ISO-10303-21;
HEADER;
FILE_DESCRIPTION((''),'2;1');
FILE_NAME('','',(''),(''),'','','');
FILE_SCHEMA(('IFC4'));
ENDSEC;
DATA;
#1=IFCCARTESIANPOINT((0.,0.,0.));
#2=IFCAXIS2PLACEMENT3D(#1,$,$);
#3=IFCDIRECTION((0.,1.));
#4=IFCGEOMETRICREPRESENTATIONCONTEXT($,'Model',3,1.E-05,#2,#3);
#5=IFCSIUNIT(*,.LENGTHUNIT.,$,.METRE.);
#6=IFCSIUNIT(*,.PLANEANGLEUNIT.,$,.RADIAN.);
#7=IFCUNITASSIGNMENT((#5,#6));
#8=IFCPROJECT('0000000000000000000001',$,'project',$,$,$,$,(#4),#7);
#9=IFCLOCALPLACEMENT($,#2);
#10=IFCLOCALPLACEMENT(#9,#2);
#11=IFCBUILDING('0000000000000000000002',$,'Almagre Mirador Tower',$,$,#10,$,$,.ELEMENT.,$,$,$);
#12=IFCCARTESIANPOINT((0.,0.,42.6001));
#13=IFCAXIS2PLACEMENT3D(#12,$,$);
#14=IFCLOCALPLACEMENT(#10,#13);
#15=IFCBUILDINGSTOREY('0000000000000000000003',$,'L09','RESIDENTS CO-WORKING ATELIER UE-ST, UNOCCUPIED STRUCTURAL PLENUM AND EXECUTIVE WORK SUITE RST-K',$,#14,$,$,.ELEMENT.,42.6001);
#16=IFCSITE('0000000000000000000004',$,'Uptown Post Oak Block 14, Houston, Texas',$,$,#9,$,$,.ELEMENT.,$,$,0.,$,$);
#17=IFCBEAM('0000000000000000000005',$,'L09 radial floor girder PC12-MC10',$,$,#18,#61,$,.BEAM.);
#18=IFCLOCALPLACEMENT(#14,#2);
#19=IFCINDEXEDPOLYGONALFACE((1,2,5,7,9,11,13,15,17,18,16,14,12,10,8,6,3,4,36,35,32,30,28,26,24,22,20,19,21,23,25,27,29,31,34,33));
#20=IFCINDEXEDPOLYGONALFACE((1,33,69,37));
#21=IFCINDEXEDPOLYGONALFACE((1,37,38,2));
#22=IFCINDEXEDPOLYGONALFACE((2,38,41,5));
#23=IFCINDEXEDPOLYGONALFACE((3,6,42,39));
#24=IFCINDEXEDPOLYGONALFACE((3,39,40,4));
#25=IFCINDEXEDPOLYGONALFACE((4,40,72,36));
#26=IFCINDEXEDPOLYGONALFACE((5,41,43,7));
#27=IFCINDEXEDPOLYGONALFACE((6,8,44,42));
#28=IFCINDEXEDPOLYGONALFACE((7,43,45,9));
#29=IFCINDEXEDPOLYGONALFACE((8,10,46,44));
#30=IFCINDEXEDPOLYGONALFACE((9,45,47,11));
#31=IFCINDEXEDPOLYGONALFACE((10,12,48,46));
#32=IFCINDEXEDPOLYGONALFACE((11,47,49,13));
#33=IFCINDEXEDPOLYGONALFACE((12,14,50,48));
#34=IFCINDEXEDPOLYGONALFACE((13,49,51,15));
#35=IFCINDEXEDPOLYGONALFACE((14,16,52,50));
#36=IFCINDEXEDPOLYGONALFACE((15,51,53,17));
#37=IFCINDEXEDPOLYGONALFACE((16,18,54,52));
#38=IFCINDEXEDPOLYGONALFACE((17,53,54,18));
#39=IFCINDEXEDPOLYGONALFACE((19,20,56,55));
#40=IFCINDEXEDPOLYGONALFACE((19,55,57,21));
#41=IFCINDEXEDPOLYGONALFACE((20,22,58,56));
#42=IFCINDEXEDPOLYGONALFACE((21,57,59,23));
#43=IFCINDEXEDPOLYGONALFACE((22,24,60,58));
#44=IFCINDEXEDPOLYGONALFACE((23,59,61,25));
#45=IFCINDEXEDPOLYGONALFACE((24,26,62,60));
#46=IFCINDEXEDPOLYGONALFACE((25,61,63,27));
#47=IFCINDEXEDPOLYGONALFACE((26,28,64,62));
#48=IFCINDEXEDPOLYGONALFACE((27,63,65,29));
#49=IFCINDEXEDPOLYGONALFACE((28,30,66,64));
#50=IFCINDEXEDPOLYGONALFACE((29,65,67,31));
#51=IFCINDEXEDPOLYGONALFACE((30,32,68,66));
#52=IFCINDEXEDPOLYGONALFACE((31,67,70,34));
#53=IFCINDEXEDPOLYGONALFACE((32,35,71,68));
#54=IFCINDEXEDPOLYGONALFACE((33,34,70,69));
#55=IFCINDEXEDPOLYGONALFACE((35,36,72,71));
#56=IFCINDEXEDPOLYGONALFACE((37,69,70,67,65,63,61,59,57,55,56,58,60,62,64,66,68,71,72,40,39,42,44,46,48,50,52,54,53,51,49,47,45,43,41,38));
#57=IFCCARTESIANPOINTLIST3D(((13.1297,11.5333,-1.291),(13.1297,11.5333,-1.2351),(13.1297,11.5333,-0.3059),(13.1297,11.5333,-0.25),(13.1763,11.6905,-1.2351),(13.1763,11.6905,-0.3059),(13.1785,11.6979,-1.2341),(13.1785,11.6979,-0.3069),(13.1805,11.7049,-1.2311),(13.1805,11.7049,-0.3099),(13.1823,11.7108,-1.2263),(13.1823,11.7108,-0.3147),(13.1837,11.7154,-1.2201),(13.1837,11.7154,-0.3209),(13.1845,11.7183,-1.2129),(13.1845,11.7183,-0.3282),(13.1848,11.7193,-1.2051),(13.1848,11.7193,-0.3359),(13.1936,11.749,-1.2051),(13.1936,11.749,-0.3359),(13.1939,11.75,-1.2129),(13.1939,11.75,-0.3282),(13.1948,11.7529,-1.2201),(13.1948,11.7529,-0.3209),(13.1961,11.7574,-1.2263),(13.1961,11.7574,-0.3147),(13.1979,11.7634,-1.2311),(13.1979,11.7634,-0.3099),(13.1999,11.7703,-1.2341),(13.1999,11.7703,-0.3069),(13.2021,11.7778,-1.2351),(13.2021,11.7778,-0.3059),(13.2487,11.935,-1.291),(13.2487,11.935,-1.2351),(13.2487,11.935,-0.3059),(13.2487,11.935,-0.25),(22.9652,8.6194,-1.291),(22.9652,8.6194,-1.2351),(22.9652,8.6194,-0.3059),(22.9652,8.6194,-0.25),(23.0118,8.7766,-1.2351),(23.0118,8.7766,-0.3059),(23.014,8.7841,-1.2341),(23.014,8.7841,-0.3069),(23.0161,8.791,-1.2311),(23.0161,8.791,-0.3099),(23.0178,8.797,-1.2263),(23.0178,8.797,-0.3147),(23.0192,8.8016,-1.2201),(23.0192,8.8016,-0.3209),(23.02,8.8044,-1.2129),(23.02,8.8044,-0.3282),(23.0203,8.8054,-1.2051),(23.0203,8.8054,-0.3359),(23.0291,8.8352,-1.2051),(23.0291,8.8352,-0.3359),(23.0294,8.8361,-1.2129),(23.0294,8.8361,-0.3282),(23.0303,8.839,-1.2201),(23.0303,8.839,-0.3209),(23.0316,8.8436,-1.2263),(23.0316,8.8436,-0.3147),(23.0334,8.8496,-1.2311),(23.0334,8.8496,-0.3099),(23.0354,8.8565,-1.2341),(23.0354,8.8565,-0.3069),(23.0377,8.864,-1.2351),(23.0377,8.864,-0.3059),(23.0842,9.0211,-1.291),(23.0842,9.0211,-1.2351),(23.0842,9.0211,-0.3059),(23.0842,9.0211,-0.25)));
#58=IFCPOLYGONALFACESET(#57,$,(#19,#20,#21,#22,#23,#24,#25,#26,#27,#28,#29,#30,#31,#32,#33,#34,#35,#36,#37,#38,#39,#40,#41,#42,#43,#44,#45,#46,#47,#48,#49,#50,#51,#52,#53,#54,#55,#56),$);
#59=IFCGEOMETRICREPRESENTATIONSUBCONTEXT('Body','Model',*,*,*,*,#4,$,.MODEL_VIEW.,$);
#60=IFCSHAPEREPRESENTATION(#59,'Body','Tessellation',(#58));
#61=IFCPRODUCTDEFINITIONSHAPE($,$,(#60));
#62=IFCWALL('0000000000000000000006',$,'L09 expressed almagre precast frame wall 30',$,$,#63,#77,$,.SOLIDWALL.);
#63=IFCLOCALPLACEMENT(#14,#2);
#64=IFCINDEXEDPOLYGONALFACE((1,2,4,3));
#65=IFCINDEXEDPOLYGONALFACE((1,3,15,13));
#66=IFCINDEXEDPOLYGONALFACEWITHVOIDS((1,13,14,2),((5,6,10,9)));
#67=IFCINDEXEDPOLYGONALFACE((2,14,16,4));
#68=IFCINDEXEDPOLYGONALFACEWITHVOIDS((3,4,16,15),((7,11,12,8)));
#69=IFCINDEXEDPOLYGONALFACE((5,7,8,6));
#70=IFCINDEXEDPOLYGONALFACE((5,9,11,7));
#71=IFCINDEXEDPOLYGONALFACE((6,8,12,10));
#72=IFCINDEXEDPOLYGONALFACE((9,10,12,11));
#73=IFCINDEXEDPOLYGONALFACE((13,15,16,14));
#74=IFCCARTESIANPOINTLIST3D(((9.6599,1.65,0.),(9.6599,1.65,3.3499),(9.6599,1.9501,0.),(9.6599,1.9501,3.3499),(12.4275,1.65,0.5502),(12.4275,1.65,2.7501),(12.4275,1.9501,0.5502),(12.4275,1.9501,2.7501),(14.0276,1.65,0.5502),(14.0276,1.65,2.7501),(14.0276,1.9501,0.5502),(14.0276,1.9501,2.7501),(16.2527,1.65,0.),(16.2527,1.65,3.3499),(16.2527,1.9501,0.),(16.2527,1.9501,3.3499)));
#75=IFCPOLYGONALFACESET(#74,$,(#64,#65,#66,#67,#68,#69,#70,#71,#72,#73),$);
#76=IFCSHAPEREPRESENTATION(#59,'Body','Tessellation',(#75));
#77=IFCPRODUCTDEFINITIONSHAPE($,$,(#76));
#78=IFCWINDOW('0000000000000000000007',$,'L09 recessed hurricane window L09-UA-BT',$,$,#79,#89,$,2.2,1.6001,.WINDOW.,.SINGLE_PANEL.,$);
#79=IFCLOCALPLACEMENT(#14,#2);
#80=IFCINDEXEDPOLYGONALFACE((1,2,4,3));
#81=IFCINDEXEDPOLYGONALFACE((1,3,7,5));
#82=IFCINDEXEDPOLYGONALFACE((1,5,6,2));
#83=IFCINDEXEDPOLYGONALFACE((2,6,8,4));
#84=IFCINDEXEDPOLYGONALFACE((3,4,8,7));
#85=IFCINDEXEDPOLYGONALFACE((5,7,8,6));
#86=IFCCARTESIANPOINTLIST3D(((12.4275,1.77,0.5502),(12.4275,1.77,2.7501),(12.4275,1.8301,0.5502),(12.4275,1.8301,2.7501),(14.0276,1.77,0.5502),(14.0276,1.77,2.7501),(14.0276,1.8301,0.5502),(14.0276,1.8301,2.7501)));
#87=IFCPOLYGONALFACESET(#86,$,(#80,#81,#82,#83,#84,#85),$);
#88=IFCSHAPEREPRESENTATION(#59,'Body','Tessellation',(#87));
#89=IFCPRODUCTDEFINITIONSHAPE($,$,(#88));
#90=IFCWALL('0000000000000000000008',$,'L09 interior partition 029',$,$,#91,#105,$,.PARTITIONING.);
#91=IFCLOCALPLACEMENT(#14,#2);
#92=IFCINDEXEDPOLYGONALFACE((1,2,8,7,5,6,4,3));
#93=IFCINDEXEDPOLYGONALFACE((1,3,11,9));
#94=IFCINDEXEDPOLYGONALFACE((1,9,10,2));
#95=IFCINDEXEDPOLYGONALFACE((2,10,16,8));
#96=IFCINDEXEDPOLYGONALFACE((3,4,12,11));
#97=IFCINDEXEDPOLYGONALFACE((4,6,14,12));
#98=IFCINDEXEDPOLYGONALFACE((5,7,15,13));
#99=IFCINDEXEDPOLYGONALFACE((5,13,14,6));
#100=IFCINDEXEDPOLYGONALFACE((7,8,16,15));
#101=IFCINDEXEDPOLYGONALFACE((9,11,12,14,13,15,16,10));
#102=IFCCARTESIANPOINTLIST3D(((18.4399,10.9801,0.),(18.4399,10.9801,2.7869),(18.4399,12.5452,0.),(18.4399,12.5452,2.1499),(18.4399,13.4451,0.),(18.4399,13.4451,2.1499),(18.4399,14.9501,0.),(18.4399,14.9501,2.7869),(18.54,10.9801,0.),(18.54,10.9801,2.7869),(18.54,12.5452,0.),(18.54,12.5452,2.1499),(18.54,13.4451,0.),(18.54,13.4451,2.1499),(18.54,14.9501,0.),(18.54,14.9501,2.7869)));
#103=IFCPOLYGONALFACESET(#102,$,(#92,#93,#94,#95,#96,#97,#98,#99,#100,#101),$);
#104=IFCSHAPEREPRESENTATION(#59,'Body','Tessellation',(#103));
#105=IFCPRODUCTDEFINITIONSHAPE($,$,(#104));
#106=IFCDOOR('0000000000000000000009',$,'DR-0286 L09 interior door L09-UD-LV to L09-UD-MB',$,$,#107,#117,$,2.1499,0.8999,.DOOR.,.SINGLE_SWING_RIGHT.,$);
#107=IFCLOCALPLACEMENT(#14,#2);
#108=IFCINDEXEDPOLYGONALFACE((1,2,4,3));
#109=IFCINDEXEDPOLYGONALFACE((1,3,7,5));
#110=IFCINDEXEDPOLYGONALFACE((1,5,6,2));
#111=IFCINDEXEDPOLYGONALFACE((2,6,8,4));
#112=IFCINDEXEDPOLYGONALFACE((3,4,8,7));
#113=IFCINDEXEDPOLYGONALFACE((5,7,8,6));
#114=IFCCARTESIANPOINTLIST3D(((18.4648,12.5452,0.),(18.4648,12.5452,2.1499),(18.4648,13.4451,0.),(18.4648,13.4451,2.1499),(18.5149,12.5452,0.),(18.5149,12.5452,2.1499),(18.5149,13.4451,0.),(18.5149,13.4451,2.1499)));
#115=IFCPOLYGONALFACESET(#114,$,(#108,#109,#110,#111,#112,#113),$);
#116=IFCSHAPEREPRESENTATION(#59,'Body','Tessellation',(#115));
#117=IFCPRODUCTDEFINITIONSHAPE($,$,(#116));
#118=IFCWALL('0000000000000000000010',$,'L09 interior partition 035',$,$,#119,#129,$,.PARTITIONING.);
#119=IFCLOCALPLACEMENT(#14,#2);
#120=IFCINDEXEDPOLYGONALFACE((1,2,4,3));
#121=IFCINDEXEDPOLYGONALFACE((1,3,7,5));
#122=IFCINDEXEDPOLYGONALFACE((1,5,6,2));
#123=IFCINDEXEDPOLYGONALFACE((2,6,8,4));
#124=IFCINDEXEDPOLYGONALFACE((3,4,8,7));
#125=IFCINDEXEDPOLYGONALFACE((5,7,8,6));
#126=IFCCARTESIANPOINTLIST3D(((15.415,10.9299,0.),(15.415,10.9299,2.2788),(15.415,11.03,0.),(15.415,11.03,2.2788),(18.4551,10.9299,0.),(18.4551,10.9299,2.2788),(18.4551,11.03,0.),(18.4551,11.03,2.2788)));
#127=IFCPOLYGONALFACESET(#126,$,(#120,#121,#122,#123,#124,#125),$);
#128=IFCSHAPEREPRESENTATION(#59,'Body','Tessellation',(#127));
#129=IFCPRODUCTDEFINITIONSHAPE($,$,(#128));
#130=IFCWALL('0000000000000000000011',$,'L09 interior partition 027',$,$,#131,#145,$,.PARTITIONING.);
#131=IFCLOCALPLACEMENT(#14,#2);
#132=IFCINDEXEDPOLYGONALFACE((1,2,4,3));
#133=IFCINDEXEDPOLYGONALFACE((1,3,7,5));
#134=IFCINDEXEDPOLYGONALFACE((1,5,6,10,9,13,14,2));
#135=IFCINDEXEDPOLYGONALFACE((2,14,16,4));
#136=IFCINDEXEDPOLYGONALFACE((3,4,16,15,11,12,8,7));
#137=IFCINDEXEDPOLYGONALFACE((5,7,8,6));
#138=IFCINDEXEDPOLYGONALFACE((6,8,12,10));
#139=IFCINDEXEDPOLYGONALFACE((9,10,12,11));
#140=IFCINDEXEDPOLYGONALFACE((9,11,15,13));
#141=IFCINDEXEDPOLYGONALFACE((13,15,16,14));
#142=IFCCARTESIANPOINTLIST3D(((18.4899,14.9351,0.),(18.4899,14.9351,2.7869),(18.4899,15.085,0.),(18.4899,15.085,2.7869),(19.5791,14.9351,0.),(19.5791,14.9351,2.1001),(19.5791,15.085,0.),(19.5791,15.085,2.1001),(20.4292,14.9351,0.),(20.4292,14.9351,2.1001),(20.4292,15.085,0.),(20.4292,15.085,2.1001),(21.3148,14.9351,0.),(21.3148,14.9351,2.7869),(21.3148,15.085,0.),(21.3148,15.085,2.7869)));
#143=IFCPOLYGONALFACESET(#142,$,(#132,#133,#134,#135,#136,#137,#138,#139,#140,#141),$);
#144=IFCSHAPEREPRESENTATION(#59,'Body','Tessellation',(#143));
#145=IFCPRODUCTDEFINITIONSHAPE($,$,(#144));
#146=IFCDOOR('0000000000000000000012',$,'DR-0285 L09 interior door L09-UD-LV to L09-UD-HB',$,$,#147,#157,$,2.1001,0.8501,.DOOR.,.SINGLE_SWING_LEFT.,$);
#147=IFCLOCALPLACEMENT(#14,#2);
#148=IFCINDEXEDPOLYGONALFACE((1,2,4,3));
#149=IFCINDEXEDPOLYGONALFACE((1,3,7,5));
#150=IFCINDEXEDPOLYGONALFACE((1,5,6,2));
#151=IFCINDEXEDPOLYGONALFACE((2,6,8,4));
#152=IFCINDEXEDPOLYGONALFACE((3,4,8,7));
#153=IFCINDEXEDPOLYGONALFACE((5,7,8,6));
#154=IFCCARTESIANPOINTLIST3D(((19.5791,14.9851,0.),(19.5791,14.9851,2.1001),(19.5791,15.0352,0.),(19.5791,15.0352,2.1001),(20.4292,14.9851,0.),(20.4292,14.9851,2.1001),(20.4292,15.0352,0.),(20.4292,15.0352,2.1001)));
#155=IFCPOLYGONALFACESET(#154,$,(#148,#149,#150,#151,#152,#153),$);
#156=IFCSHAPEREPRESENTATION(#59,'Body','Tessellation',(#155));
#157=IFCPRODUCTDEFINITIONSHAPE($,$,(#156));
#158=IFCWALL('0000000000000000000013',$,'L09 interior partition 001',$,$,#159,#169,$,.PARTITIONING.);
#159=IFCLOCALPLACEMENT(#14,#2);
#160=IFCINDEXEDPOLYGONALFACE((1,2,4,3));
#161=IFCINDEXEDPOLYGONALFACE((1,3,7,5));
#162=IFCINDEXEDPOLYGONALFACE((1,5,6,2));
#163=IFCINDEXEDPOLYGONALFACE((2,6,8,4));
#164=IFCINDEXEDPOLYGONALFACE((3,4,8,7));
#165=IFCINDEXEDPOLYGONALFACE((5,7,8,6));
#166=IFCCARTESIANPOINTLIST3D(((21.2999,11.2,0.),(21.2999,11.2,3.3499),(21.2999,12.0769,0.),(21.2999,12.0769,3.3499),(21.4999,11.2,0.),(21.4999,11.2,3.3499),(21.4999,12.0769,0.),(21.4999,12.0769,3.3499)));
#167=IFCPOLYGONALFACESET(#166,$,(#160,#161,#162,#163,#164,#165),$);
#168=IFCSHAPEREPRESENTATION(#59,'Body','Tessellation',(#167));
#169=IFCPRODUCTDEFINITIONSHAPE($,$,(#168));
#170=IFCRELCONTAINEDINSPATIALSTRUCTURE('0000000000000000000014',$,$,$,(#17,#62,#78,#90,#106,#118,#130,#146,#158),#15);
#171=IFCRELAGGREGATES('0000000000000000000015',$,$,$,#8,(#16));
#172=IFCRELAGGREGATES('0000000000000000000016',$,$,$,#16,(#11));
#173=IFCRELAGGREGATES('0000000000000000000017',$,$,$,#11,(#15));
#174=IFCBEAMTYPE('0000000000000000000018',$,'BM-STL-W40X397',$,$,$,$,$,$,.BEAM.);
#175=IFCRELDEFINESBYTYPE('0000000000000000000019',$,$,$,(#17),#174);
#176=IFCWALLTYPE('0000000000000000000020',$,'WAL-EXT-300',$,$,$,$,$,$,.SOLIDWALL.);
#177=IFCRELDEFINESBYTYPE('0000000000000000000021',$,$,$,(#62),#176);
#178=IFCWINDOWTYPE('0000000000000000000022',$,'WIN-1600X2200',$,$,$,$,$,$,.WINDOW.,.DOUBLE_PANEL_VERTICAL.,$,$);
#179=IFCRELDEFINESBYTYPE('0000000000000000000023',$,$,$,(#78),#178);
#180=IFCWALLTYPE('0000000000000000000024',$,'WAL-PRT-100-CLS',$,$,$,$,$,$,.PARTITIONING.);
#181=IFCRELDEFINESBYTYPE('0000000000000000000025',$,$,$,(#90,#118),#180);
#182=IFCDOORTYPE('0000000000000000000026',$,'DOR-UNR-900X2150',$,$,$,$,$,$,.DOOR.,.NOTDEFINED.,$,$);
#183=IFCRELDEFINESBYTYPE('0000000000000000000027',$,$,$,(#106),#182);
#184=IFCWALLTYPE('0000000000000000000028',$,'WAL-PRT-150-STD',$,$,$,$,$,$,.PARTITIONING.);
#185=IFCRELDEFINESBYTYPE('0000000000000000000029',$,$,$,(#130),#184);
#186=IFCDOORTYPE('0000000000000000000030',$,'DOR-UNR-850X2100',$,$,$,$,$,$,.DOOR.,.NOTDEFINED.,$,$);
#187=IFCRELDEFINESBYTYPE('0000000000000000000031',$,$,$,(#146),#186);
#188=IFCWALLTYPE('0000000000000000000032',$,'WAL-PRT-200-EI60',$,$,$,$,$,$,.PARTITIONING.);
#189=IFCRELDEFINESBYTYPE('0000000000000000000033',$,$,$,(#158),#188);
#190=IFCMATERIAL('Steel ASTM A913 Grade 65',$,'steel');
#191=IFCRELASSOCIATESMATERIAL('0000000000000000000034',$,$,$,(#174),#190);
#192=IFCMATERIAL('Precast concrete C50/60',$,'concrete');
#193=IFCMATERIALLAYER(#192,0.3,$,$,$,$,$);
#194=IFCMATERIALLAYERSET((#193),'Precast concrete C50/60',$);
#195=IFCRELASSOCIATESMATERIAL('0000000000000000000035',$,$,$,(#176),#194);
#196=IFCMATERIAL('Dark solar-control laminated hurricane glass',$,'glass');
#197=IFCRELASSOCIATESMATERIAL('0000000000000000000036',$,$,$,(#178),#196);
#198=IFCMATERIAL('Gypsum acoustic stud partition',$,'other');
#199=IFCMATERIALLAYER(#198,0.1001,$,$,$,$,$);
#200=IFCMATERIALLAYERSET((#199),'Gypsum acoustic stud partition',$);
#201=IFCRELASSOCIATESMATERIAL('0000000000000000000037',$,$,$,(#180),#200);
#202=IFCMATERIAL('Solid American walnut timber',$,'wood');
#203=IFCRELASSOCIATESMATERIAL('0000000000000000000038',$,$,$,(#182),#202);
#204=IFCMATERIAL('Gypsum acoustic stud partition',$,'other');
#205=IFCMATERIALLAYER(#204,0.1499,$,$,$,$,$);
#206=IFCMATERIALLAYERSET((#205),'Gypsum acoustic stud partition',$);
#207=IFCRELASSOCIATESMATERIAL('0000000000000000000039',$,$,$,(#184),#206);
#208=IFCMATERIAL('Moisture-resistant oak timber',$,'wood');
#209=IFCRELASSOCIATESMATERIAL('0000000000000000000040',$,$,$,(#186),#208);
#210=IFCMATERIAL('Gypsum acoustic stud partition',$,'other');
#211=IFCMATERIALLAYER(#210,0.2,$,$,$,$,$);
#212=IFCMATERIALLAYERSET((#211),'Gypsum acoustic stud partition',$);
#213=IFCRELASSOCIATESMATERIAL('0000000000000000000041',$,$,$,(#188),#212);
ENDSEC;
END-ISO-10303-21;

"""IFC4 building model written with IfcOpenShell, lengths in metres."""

from ifc_helpers import new_model, si_unit, direction, frame, frame_2d, origin, origin_2d, place, context, subcontext, project, spatial, rectangle, i_section, extrude, material, layer, layer_set, material_profile, profile_set, type_object, element, fill, save


model = new_model("IFC4")

# Units and contexts
model_context = context("Model", 3, precision=1e-05, world=origin(), true_north=direction((0.0, 1.0)))
body_context = subcontext(model_context, "Body", "Model", "MODEL_VIEW")
ifc_project = project(units=[si_unit("LENGTHUNIT", "METRE"), si_unit("PLANEANGLEUNIT", "RADIAN")], contexts=[model_context])

# Site, building, storey
site_placement = place(None, origin())
site = spatial("IfcSite", under=ifc_project, at=site_placement, Name="Uptown Post Oak Block 14, Houston, Texas", CompositionType="ELEMENT", RefElevation=0.0)
building_placement = place(site_placement, origin())
building = spatial("IfcBuilding", under=site, at=building_placement, Name="Almagre Mirador Tower", CompositionType="ELEMENT")
storey_placement = place(building_placement, frame((0.0, 0.0, 42.6001)))
storey = spatial("IfcBuildingStorey", under=building, at=storey_placement, Name="L09", Description="RESIDENTS CO-WORKING ATELIER UE-ST, UNOCCUPIED STRUCTURAL PLENUM AND EXECUTIVE WORK SUITE RST-K", CompositionType="ELEMENT", Elevation=42.6001)

# Beam
ifc_material_1 = material(Name="Steel ASTM A913 Grade 65", Category="steel")
ifc_material_profile_1 = material_profile(ifc_material_1, i_section(OverallWidth=0.4189, OverallDepth=1.041, WebThickness=0.031, FlangeThickness=0.0559, FilletRadius=0.03, at=origin_2d()), Name="W40X397")
ifc_profile_set_1 = profile_set([ifc_material_profile_1], Name="Steel ASTM A913 Grade 65")
beam_type_1 = type_object("IfcBeamType", Name="BM-STL-W40X397", PredefinedType="BEAM", material=ifc_profile_set_1)
beam_1_placement = place(storey_placement, frame((13.1892, 11.7341, -0.7705), z_axis=(0.958808, -0.284053, 0.0), x_axis=(0.284053, 0.958808, 0.0)))
element("IfcBeam", 1, at=beam_1_placement, inside=storey, type_object=beam_type_1, Name="L09 radial floor girder PC12-MC10", PredefinedType="BEAM", context=body_context, shape_type="SweptSolid", body=[
    extrude(i_section(OverallWidth=0.4189, OverallDepth=1.041, WebThickness=0.031, FlangeThickness=0.0559, FilletRadius=0.03, at=origin_2d()), origin(), (0.0, 0.0, 1.0), 10.2581),
])

# Wall, opening, window
ifc_material_2 = material(Name="Precast concrete C50/60", Category="concrete")
ifc_layer_1 = layer(ifc_material_2, 0.3)
ifc_layer_set_1 = layer_set([ifc_layer_1], Name="Precast concrete C50/60")
wall_type_1 = type_object("IfcWallType", Name="WAL-EXT-300", PredefinedType="SOLIDWALL", material=ifc_layer_set_1)
wall_1_placement = place(storey_placement, frame((16.2527, 1.8, 0.0), z_axis=(0.0, 0.0, 1.0), x_axis=(-1.0, 0.0, 0.0)))
wall_1 = element("IfcWall", 2, at=wall_1_placement, inside=storey, type_object=wall_type_1, Name="L09 expressed almagre precast frame wall 30", PredefinedType="SOLIDWALL", context=body_context, shape_type="SweptSolid", body=[
    extrude(rectangle(XDim=6.5928, YDim=0.3, at=frame_2d((3.2964, 0.0))), origin(), (0.0, 0.0, 1.0), 3.3499),
])
opening_1_placement = place(wall_1_placement, frame((2.2251, 0.0, 0.55)))
opening_1 = element("IfcOpeningElement", 3, at=opening_1_placement, cuts=wall_1, PredefinedType="OPENING", context=body_context, shape_type="SweptSolid", body=[
    extrude(rectangle(XDim=1.6001, YDim=2.2, at=frame_2d((0.8, 1.1001))), frame((0.0, 0.1599, 0.0), z_axis=(0.0, -1.0, 0.0), x_axis=(1.0, 0.0, 0.0)), (0.0, 0.0, 1.0), 0.32),
])
ifc_material_3 = material(Name="Dark solar-control laminated hurricane glass", Category="glass")
window_type = type_object("IfcWindowType", Name="WIN-1600X2200", PartitioningType="DOUBLE_PANEL_VERTICAL", PredefinedType="WINDOW", material=ifc_material_3)
window_placement = place(opening_1_placement, origin())
window = element("IfcWindow", 4, at=window_placement, inside=storey, type_object=window_type, Name="L09 recessed hurricane window L09-UA-BT", OverallHeight=2.2, OverallWidth=1.6001, PartitioningType="SINGLE_PANEL", PredefinedType="WINDOW", context=body_context, shape_type="SweptSolid", body=[
    extrude(rectangle(XDim=1.6001, YDim=2.2, at=frame_2d((0.8, 1.1001))), frame((0.0, 0.03, 0.0), z_axis=(0.0, -1.0, 0.0), x_axis=(1.0, 0.0, 0.0)), (0.0, 0.0, 1.0), 0.0601),
])
fill(opening_1, window)

# Wall, opening, door
ifc_material_4 = material(Name="Gypsum acoustic stud partition", Category="other")
ifc_layer_2 = layer(ifc_material_4, 0.1001)
ifc_layer_set_2 = layer_set([ifc_layer_2], Name="Gypsum acoustic stud partition")
wall_type_2 = type_object("IfcWallType", Name="WAL-PRT-100-CLS", PredefinedType="PARTITIONING", material=ifc_layer_set_2)
wall_2_placement = place(storey_placement, frame((18.49, 14.95, 0.0), z_axis=(0.0, 0.0, 1.0), x_axis=(0.0, -1.0, 0.0)))
wall_2 = element("IfcWall", 5, at=wall_2_placement, inside=storey, type_object=wall_type_2, Name="L09 interior partition 029", PredefinedType="PARTITIONING", context=body_context, shape_type="SweptSolid", body=[
    extrude(rectangle(XDim=3.97, YDim=0.1001, at=frame_2d((1.9849, 0.0))), origin(), (0.0, 0.0, 1.0), 2.7869),
])
opening_2_placement = place(wall_2_placement, frame((1.5049, 0.0, 0.0)))
opening_2 = element("IfcOpeningElement", 6, at=opening_2_placement, cuts=wall_2, PredefinedType="OPENING", context=body_context, shape_type="SweptSolid", body=[
    extrude(rectangle(XDim=0.8999, YDim=2.1499, at=frame_2d((0.45, 1.075))), frame((0.0, 0.06, 0.0), z_axis=(0.0, -1.0, 0.0), x_axis=(1.0, 0.0, 0.0)), (0.0, 0.0, 1.0), 0.1201),
])
ifc_material_5 = material(Name="Solid American walnut timber", Category="wood")
door_type_1 = type_object("IfcDoorType", Name="DOR-UNR-900X2150", OperationType="NOTDEFINED", PredefinedType="DOOR", material=ifc_material_5)
door_1_placement = place(opening_2_placement, origin())
door_1 = element("IfcDoor", 7, at=door_1_placement, inside=storey, type_object=door_type_1, Name="DR-0286 L09 interior door L09-UD-LV to L09-UD-MB", OperationType="SINGLE_SWING_RIGHT", OverallHeight=2.1499, OverallWidth=0.8999, PredefinedType="DOOR", context=body_context, shape_type="SweptSolid", body=[
    extrude(rectangle(XDim=0.8999, YDim=2.1499, at=frame_2d((0.45, 1.075))), frame((0.0, 0.0249, 0.0), z_axis=(0.0, -1.0, 0.0), x_axis=(1.0, 0.0, 0.0)), (0.0, 0.0, 1.0), 0.05),
])
fill(opening_2, door_1)

# Wall
wall_3_placement = place(storey_placement, frame((15.415, 10.98, 0.0), z_axis=(0.0, 0.0, 1.0), x_axis=(1.0, 0.0, 0.0)))
element("IfcWall", 8, at=wall_3_placement, inside=storey, type_object=wall_type_2, Name="L09 interior partition 035", PredefinedType="PARTITIONING", context=body_context, shape_type="SweptSolid", body=[
    extrude(rectangle(XDim=3.04, YDim=0.1001, at=frame_2d((1.52, 0.0))), origin(), (0.0, 0.0, 1.0), 2.2788),
])

# Wall, opening, door
ifc_material_6 = material(Name="Gypsum acoustic stud partition", Category="other")
ifc_layer_3 = layer(ifc_material_6, 0.1499)
ifc_layer_set_3 = layer_set([ifc_layer_3], Name="Gypsum acoustic stud partition")
wall_type_3 = type_object("IfcWallType", Name="WAL-PRT-150-STD", PredefinedType="PARTITIONING", material=ifc_layer_set_3)
wall_4_placement = place(storey_placement, frame((21.3149, 15.01, 0.0), z_axis=(0.0, 0.0, 1.0), x_axis=(-1.0, 0.0, 0.0)))
wall_4 = element("IfcWall", 9, at=wall_4_placement, inside=storey, type_object=wall_type_3, Name="L09 interior partition 027", PredefinedType="PARTITIONING", context=body_context, shape_type="SweptSolid", body=[
    extrude(rectangle(XDim=2.825, YDim=0.1499, at=frame_2d((1.4126, 0.0))), origin(), (0.0, 0.0, 1.0), 2.7869),
])
opening_3_placement = place(wall_4_placement, frame((0.8857, 0.0, 0.0)))
opening_3 = element("IfcOpeningElement", 10, at=opening_3_placement, cuts=wall_4, PredefinedType="OPENING", context=body_context, shape_type="SweptSolid", body=[
    extrude(rectangle(XDim=0.8501, YDim=2.1001, at=frame_2d((0.425, 1.05))), frame((0.0, 0.085, 0.0), z_axis=(0.0, -1.0, 0.0), x_axis=(1.0, 0.0, 0.0)), (0.0, 0.0, 1.0), 0.1699),
])
ifc_material_7 = material(Name="Moisture-resistant oak timber", Category="wood")
door_type_2 = type_object("IfcDoorType", Name="DOR-UNR-850X2100", OperationType="NOTDEFINED", PredefinedType="DOOR", material=ifc_material_7)
door_2_placement = place(opening_3_placement, origin())
door_2 = element("IfcDoor", 11, at=door_2_placement, inside=storey, type_object=door_type_2, Name="DR-0285 L09 interior door L09-UD-LV to L09-UD-HB", OperationType="SINGLE_SWING_LEFT", OverallHeight=2.1001, OverallWidth=0.8501, PredefinedType="DOOR", context=body_context, shape_type="SweptSolid", body=[
    extrude(rectangle(XDim=0.8501, YDim=2.1001, at=frame_2d((0.425, 1.05))), frame((0.0, 0.0249, 0.0), z_axis=(0.0, -1.0, 0.0), x_axis=(1.0, 0.0, 0.0)), (0.0, 0.0, 1.0), 0.05),
])
fill(opening_3, door_2)

# Wall
ifc_material_8 = material(Name="Gypsum acoustic stud partition", Category="other")
ifc_layer_4 = layer(ifc_material_8, 0.2)
ifc_layer_set_4 = layer_set([ifc_layer_4], Name="Gypsum acoustic stud partition")
wall_type_4 = type_object("IfcWallType", Name="WAL-PRT-200-EI60", PredefinedType="PARTITIONING", material=ifc_layer_set_4)
wall_5_placement = place(storey_placement, frame((21.3999, 12.0769, 0.0), z_axis=(0.0, 0.0, 1.0), x_axis=(0.0, -1.0, 0.0)))
element("IfcWall", 12, at=wall_5_placement, inside=storey, type_object=wall_type_4, Name="L09 interior partition 001", PredefinedType="PARTITIONING", context=body_context, shape_type="SweptSolid", body=[
    extrude(rectangle(XDim=0.877, YDim=0.2, at=frame_2d((0.4385, 0.0))), origin(), (0.0, 0.0, 1.0), 3.3499),
])

save(model, "model.ifc")
